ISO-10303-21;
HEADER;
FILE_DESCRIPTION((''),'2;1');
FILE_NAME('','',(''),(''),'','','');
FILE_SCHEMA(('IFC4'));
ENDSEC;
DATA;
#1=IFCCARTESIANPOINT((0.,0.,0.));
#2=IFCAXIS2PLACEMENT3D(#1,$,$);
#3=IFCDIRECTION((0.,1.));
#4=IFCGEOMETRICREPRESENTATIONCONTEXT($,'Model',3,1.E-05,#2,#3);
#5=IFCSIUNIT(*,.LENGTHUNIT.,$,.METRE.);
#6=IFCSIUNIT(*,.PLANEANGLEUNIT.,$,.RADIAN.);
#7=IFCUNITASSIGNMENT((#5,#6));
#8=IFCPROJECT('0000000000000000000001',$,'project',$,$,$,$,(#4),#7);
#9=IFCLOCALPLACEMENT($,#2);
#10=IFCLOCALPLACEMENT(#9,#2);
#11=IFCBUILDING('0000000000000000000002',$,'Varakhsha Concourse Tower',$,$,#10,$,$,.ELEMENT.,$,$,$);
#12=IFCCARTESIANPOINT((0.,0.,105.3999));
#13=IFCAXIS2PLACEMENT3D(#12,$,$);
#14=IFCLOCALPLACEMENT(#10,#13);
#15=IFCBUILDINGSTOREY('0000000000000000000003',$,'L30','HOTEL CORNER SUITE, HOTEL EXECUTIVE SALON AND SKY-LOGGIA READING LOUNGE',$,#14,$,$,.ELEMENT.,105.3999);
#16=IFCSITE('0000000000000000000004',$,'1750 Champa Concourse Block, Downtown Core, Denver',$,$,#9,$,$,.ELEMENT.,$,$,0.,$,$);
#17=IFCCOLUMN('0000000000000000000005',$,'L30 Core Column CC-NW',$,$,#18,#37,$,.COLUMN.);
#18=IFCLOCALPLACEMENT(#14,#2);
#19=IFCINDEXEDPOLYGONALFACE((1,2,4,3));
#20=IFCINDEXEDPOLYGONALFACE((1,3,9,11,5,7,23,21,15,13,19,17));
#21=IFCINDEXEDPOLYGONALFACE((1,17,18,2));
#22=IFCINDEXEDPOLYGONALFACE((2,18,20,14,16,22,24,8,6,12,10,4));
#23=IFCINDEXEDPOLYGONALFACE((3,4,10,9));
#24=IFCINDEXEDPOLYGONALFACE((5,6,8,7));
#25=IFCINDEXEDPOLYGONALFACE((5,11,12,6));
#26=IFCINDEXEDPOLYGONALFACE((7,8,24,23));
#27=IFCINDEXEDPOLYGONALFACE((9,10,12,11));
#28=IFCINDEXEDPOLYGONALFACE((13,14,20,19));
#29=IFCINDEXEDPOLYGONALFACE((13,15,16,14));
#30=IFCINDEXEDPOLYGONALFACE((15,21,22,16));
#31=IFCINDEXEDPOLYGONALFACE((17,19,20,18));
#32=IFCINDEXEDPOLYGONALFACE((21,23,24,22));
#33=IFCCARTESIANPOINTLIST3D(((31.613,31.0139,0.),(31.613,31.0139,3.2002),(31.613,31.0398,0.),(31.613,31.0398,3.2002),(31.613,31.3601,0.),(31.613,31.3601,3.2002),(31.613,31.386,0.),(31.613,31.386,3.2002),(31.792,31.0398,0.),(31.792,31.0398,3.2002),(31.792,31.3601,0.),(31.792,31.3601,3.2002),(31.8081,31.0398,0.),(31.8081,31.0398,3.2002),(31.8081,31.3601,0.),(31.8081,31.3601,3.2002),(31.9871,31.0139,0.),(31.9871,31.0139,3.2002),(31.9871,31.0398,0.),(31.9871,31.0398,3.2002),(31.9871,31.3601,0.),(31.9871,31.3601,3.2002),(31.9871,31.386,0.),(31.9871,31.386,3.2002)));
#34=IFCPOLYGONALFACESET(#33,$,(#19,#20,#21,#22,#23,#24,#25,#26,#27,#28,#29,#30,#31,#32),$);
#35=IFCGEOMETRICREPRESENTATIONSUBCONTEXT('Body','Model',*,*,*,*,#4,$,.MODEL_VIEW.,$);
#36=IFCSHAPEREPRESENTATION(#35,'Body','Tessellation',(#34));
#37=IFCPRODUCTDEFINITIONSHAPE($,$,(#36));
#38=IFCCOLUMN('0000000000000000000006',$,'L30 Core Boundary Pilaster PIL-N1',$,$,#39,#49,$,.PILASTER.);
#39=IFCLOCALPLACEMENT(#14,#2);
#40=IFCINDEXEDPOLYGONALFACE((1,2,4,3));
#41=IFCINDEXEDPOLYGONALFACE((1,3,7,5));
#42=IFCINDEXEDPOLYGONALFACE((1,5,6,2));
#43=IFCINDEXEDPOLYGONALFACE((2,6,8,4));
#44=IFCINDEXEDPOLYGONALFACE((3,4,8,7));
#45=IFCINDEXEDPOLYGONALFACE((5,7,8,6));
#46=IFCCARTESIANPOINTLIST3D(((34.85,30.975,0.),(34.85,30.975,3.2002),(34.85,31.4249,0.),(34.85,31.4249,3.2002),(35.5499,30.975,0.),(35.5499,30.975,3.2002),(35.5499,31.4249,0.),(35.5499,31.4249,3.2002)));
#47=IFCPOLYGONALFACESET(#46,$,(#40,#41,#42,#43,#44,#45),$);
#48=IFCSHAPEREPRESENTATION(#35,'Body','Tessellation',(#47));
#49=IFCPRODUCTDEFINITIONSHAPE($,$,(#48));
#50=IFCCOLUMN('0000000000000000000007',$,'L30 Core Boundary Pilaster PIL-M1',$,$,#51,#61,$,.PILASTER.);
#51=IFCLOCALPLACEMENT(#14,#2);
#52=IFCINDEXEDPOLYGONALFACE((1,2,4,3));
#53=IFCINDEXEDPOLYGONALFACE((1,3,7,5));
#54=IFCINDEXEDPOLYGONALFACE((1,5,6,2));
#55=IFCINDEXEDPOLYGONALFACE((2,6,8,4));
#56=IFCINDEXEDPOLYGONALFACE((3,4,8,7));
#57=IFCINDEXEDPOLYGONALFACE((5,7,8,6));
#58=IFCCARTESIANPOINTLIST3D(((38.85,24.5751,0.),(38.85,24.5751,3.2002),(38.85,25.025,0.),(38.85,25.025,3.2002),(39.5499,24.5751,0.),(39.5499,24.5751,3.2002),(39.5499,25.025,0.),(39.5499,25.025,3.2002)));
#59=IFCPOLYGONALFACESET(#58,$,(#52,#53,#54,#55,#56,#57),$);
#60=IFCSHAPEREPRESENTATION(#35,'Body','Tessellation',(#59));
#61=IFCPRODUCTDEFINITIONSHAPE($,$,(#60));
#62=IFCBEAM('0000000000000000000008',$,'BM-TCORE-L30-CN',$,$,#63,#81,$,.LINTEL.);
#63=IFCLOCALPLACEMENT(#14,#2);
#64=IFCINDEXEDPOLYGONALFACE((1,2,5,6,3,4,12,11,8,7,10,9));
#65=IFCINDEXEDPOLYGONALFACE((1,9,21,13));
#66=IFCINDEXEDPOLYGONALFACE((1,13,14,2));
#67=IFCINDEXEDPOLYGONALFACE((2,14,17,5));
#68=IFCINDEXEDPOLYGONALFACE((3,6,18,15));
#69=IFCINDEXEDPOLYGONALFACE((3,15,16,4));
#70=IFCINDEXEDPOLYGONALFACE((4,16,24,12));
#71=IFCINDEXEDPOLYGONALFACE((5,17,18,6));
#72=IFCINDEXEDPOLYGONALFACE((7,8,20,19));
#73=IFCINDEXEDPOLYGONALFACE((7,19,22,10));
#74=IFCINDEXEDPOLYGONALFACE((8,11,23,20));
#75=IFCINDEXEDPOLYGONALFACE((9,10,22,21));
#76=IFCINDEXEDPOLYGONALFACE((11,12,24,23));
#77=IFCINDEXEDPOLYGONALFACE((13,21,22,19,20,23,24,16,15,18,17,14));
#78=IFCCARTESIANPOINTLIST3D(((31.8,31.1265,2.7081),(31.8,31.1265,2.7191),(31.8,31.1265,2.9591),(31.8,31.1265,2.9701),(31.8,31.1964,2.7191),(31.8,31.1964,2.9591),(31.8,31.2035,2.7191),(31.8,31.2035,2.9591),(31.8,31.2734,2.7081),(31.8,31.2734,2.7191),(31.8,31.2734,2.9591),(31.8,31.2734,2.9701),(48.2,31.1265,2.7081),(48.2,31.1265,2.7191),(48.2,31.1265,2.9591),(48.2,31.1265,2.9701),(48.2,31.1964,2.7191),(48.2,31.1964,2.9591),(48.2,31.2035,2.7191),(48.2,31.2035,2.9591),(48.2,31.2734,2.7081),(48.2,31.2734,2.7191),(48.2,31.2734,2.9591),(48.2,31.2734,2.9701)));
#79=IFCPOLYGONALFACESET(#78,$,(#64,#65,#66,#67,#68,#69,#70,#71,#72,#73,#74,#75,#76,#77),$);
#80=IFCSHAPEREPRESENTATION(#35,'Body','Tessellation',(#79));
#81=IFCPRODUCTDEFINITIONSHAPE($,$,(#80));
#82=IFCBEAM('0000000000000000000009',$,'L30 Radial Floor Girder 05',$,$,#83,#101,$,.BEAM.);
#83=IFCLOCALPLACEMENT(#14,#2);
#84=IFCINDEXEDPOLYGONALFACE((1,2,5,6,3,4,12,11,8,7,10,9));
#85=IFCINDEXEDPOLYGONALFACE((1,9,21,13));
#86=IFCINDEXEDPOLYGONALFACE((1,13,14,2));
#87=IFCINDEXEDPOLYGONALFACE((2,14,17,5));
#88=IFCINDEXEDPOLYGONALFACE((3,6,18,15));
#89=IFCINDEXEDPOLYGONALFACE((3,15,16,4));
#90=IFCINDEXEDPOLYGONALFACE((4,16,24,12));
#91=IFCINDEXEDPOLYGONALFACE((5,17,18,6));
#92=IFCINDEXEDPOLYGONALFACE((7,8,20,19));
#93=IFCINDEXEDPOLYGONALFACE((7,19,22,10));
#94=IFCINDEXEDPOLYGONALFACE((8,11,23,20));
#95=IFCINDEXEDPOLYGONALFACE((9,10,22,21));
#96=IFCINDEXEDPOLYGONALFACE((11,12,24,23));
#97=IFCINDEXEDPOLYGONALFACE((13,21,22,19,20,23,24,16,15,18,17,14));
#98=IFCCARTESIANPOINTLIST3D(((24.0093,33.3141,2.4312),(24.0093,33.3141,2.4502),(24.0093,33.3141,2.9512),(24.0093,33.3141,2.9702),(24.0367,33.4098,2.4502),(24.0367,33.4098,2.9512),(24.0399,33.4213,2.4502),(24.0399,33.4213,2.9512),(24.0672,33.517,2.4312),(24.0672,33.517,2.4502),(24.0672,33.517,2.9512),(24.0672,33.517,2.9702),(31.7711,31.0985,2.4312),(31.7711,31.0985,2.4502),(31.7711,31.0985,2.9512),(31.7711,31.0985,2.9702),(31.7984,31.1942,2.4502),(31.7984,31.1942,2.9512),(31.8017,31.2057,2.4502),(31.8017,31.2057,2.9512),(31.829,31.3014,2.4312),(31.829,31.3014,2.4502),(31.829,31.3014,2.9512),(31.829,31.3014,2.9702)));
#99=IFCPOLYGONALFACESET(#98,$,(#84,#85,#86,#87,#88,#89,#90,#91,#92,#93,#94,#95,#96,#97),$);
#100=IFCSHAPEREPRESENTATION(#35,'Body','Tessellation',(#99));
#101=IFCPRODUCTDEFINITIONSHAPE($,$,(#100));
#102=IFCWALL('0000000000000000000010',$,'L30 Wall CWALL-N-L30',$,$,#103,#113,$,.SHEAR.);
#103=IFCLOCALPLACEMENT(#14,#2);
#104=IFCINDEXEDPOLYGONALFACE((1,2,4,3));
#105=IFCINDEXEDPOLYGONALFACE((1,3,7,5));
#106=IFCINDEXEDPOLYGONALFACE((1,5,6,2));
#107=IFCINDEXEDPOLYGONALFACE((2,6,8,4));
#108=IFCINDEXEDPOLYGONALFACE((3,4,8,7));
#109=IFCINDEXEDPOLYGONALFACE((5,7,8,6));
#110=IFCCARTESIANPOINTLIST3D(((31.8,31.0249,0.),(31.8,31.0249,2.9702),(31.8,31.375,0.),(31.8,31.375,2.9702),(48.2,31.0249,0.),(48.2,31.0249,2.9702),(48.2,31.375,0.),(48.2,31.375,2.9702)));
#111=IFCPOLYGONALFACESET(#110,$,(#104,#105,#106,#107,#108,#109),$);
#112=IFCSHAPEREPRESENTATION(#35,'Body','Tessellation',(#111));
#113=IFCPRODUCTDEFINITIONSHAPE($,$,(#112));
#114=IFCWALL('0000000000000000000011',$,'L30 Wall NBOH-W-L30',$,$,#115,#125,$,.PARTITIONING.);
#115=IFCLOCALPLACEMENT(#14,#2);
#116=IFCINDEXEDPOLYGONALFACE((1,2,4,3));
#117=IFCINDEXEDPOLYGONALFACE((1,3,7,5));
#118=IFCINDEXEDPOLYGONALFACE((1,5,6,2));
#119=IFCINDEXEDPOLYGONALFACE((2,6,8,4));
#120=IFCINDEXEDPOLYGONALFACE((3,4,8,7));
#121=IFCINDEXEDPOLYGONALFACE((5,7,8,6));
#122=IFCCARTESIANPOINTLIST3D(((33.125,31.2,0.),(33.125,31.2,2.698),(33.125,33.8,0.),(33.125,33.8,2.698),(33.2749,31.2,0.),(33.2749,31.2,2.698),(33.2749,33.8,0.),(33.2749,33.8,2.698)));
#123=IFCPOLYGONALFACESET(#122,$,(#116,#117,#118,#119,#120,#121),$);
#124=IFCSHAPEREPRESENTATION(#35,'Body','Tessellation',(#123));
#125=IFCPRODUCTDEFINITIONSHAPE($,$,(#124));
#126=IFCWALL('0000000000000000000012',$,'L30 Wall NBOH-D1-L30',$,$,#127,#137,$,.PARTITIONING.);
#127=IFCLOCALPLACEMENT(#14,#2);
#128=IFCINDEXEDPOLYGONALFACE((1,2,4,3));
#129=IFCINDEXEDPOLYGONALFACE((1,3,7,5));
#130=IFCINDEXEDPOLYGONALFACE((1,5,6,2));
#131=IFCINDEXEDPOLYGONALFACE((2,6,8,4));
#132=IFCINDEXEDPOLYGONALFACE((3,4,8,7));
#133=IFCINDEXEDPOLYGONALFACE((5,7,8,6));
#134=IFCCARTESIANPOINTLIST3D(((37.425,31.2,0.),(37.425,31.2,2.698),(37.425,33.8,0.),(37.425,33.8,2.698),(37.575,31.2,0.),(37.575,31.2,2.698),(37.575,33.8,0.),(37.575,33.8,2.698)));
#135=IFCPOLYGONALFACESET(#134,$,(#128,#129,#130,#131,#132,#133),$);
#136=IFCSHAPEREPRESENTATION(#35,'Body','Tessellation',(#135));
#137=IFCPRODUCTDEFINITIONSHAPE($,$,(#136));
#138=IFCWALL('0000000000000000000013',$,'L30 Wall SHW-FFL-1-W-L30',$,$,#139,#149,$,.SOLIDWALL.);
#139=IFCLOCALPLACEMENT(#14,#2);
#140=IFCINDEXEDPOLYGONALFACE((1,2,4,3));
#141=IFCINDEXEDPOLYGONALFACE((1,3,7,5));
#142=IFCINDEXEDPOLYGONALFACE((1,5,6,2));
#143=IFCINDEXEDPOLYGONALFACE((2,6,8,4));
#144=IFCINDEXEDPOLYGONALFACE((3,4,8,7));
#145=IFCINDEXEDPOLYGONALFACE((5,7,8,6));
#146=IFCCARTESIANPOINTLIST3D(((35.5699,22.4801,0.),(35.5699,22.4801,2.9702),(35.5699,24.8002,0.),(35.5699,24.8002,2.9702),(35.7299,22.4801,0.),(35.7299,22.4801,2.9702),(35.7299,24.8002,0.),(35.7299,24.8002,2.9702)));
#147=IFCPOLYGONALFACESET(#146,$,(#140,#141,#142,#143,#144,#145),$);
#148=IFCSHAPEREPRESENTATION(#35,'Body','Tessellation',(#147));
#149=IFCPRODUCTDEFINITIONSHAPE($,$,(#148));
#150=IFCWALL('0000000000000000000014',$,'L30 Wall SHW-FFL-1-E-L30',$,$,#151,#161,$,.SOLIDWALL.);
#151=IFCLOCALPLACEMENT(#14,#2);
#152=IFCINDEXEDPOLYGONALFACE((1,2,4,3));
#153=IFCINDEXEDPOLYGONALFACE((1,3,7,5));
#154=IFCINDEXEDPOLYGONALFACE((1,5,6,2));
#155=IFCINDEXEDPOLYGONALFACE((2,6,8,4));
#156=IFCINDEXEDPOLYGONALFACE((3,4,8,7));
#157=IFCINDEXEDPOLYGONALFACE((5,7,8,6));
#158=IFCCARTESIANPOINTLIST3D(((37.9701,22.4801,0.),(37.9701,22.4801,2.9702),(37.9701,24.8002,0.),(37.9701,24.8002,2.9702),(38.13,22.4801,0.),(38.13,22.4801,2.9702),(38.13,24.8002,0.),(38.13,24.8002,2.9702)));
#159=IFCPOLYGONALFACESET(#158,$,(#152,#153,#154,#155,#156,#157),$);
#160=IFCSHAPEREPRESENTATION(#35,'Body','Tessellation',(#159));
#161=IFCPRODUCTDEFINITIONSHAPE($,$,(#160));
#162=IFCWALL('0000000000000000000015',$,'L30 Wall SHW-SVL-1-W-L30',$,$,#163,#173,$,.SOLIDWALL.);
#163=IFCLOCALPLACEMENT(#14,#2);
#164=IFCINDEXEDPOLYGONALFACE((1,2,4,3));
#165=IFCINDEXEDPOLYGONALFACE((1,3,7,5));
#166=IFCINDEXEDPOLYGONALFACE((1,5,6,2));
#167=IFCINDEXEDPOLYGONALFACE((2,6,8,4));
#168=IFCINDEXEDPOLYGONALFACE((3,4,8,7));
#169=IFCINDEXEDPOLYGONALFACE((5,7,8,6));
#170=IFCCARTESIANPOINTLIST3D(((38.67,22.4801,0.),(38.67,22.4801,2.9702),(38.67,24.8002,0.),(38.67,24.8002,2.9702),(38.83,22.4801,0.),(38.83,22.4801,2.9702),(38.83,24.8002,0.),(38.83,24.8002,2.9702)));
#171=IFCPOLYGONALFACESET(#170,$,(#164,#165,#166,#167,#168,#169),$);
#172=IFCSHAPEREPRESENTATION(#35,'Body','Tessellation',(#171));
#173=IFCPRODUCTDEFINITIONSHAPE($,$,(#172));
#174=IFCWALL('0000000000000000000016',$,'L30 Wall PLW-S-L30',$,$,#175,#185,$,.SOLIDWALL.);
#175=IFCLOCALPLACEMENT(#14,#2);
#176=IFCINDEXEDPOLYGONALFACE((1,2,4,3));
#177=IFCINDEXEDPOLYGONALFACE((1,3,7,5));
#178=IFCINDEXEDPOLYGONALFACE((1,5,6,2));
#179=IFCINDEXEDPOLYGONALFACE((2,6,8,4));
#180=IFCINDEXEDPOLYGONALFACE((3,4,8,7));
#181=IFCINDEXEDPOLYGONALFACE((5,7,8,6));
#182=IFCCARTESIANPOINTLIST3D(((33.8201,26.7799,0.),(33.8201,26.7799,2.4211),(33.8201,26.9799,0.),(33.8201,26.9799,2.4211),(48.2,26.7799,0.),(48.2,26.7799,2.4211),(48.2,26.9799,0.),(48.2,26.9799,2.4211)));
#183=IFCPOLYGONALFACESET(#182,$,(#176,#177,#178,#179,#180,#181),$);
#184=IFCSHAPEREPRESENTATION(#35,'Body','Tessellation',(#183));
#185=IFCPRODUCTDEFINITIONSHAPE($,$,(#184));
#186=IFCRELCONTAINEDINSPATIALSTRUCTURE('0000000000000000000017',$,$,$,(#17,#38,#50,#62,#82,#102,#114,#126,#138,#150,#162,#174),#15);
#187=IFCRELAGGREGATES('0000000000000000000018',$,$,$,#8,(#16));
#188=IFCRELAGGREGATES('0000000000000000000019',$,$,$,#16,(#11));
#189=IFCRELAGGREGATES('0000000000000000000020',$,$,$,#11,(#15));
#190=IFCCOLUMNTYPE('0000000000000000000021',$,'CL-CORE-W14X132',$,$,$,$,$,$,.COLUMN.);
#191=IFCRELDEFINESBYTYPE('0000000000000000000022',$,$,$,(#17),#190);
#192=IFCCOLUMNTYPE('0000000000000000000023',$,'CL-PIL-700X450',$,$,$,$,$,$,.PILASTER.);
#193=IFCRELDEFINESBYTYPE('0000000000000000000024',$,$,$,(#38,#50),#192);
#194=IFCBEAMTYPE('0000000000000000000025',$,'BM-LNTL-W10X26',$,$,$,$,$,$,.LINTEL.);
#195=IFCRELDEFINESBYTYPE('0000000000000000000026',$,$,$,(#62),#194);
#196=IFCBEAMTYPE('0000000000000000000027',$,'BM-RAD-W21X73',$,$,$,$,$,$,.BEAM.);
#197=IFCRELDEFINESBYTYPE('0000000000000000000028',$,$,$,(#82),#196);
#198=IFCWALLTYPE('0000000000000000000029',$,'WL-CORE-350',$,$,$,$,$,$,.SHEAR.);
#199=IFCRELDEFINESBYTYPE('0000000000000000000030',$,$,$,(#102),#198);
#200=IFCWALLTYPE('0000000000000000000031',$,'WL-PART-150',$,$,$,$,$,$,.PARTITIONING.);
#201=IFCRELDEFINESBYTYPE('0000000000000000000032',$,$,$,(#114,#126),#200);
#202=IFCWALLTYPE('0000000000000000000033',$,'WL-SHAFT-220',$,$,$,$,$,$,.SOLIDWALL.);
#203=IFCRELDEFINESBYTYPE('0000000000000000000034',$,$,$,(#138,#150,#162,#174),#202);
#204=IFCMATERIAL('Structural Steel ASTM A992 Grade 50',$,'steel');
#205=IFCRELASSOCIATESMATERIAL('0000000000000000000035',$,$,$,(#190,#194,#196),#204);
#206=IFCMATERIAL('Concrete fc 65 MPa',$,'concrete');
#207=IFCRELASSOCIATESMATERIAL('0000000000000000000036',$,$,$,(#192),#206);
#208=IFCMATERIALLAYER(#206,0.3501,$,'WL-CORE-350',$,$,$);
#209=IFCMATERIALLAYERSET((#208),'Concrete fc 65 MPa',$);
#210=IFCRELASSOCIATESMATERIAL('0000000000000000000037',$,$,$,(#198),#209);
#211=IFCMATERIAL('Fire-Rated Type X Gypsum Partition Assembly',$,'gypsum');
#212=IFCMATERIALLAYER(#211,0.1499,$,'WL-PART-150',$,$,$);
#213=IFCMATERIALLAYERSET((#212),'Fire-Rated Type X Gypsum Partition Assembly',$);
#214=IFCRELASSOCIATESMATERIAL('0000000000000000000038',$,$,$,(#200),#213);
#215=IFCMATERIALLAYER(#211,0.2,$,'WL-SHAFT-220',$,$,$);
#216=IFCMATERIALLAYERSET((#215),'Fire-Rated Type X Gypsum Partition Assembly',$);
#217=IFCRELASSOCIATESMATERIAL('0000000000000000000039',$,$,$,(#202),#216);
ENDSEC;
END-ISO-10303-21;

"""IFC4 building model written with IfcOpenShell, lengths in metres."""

from ifc_helpers import new_model, si_unit, direction, frame, frame_2d, origin, origin_2d, place, context, subcontext, project, spatial, rectangle, i_section, extrude, material, layer, layer_set, material_profile, profile_set, type_object, element, save


model = new_model("IFC4")

# Units and contexts
model_context = context("Model", 3, precision=1e-05, world=origin(), true_north=direction((0.0, 1.0)))
body_context = subcontext(model_context, "Body", "Model", "MODEL_VIEW")
ifc_project = project(units=[si_unit("LENGTHUNIT", "METRE"), si_unit("PLANEANGLEUNIT", "RADIAN")], contexts=[model_context])

# Site, building, storey
site_placement = place(None, origin())
site = spatial("IfcSite", under=ifc_project, at=site_placement, Name="1750 Champa Concourse Block, Downtown Core, Denver", CompositionType="ELEMENT", RefElevation=0.0)
building_placement = place(site_placement, origin())
building = spatial("IfcBuilding", under=site, at=building_placement, Name="Varakhsha Concourse Tower", CompositionType="ELEMENT")
storey_placement = place(building_placement, frame((0.0, 0.0, 105.3999)))
storey = spatial("IfcBuildingStorey", under=building, at=storey_placement, Name="L30", Description="HOTEL CORNER SUITE, HOTEL EXECUTIVE SALON AND SKY-LOGGIA READING LOUNGE", CompositionType="ELEMENT", Elevation=105.3999)

# Columns
ifc_material_1 = material(Name="Structural Steel ASTM A992 Grade 50", Category="steel")
ifc_material_profile_1 = material_profile(ifc_material_1, i_section(OverallWidth=0.374, OverallDepth=0.3721, WebThickness=0.0161, FlangeThickness=0.0259, at=origin_2d()), Name="W14X132")
ifc_profile_set_1 = profile_set([ifc_material_profile_1], Name="Structural Steel ASTM A992 Grade 50")
column_type_1 = type_object("IfcColumnType", Name="CL-CORE-W14X132", PredefinedType="COLUMN", material=ifc_profile_set_1)
column_placement = place(storey_placement, frame((31.8, 31.2, 0.0), z_axis=(0.0, 0.0, 1.0), x_axis=(1.0, 0.0, 0.0)))
element("IfcColumn", 1, at=column_placement, inside=storey, type_object=column_type_1, Name="L30 Core Column CC-NW", PredefinedType="COLUMN", context=body_context, shape_type="SweptSolid", body=[
    extrude(i_section(OverallWidth=0.374, OverallDepth=0.3721, WebThickness=0.0161, FlangeThickness=0.0259, at=origin_2d()), origin(), (0.0, 0.0, 1.0), 3.2002),
])
ifc_material_2 = material(Name="Concrete fc 65 MPa", Category="concrete")
ifc_material_profile_2 = material_profile(ifc_material_2, rectangle(XDim=0.7, YDim=0.45, at=origin_2d()), Name="RC 700x450")
ifc_profile_set_2 = profile_set([ifc_material_profile_2], Name="Concrete fc 65 MPa")
column_type_2 = type_object("IfcColumnType", Name="CL-PIL-700X450", PredefinedType="PILASTER", material=ifc_profile_set_2)
for number, where, z_axis, x_axis, name in (
    (2, (35.2, 31.2, 0.0), (0.0, 0.0, 1.0), (1.0, 0.0, 0.0), "L30 Core Boundary Pilaster PIL-N1"),
    (3, (39.2, 24.8, 0.0), (0.0, 0.0, 1.0), (1.0, 0.0, 0.0), "L30 Core Boundary Pilaster PIL-M1"),
):
    element("IfcColumn", number, at=place(storey_placement, frame(where, z_axis=z_axis, x_axis=x_axis)), inside=storey, type_object=column_type_2, Name=name, PredefinedType="PILASTER", context=body_context, shape_type="SweptSolid", body=[
        extrude(rectangle(XDim=0.7, YDim=0.45, at=origin_2d()), origin(), (0.0, 0.0, 1.0), 3.2002),
    ])

# Beams
ifc_material_profile_3 = material_profile(ifc_material_1, i_section(OverallWidth=0.147, OverallDepth=0.262, WebThickness=0.0071, FlangeThickness=0.011, at=origin_2d()), Name="W10X26")
ifc_profile_set_3 = profile_set([ifc_material_profile_3], Name="Structural Steel ASTM A992 Grade 50")
beam_type_1 = type_object("IfcBeamType", Name="BM-LNTL-W10X26", PredefinedType="LINTEL", material=ifc_profile_set_3)
beam_1_placement = place(storey_placement, frame((31.8, 31.2, 2.8391), z_axis=(1.0, 0.0, 0.0), x_axis=(0.0, 1.0, 0.0)))
element("IfcBeam", 4, at=beam_1_placement, inside=storey, type_object=beam_type_1, Name="BM-TCORE-L30-CN", PredefinedType="LINTEL", context=body_context, shape_type="SweptSolid", body=[
    extrude(i_section(OverallWidth=0.147, OverallDepth=0.262, WebThickness=0.0071, FlangeThickness=0.011, at=origin_2d()), origin(), (0.0, 0.0, 1.0), 16.3999),
])
ifc_material_profile_4 = material_profile(ifc_material_1, i_section(OverallWidth=0.2109, OverallDepth=0.5391, WebThickness=0.012, FlangeThickness=0.019, at=origin_2d()), Name="W21X73")
ifc_profile_set_4 = profile_set([ifc_material_profile_4], Name="Structural Steel ASTM A992 Grade 50")
beam_type_2 = type_object("IfcBeamType", Name="BM-RAD-W21X73", PredefinedType="BEAM", material=ifc_profile_set_4)
beam_2_placement = place(storey_placement, frame((31.8, 31.2, 2.7007), z_axis=(-0.961591, 0.274485, 0.0), x_axis=(-0.274485, -0.961591, 0.0)))
element("IfcBeam", 5, at=beam_2_placement, inside=storey, type_object=beam_type_2, Name="L30 Radial Floor Girder 05", PredefinedType="BEAM", context=body_context, shape_type="SweptSolid", body=[
    extrude(i_section(OverallWidth=0.2109, OverallDepth=0.5391, WebThickness=0.012, FlangeThickness=0.019, at=origin_2d()), origin(), (0.0, 0.0, 1.0), 8.0718),
])

# Walls
ifc_layer_1 = layer(ifc_material_2, 0.3501, Name="WL-CORE-350")
ifc_layer_set_1 = layer_set([ifc_layer_1], Name="Concrete fc 65 MPa")
wall_type_1 = type_object("IfcWallType", Name="WL-CORE-350", PredefinedType="SHEAR", material=ifc_layer_set_1)
wall_1_placement = place(storey_placement, frame((31.8, 31.2, 0.0), z_axis=(0.0, 0.0, 1.0), x_axis=(1.0, 0.0, 0.0)))
element("IfcWall", 6, at=wall_1_placement, inside=storey, type_object=wall_type_1, Name="L30 Wall CWALL-N-L30", PredefinedType="SHEAR", context=body_context, shape_type="SweptSolid", body=[
    extrude(rectangle(XDim=16.3999, YDim=0.3501, at=frame_2d((8.2, 0.0))), origin(), (0.0, 0.0, 1.0), 2.9702),
])
ifc_material_3 = material(Name="Fire-Rated Type X Gypsum Partition Assembly", Category="gypsum")
ifc_layer_2 = layer(ifc_material_3, 0.1499, Name="WL-PART-150")
ifc_layer_set_2 = layer_set([ifc_layer_2], Name="Fire-Rated Type X Gypsum Partition Assembly")
wall_type_2 = type_object("IfcWallType", Name="WL-PART-150", PredefinedType="PARTITIONING", material=ifc_layer_set_2)
for number, where, z_axis, x_axis, name in (
    (7, (33.2, 31.2, 0.0), (0.0, 0.0, 1.0), (0.0, 1.0, 0.0), "L30 Wall NBOH-W-L30"),
    (8, (37.5, 31.2, 0.0), (0.0, 0.0, 1.0), (0.0, 1.0, 0.0), "L30 Wall NBOH-D1-L30"),
):
    element("IfcWall", number, at=place(storey_placement, frame(where, z_axis=z_axis, x_axis=x_axis)), inside=storey, type_object=wall_type_2, Name=name, PredefinedType="PARTITIONING", context=body_context, shape_type="SweptSolid", body=[
        extrude(rectangle(XDim=2.6001, YDim=0.1499, at=frame_2d((1.3, 0.0))), origin(), (0.0, 0.0, 1.0), 2.698),
    ])

# Shared definitions
ifc_layer_3 = layer(ifc_material_3, 0.2, Name="WL-SHAFT-220")
ifc_layer_set_3 = layer_set([ifc_layer_3], Name="Fire-Rated Type X Gypsum Partition Assembly")
wall_type_3 = type_object("IfcWallType", Name="WL-SHAFT-220", PredefinedType="SOLIDWALL", material=ifc_layer_set_3)

# Walls
for number, where, z_axis, x_axis, name in (
    (9, (35.6499, 22.48, 0.0), (0.0, 0.0, 1.0), (0.0, 1.0, 0.0), "L30 Wall SHW-FFL-1-W-L30"),
    (10, (38.05, 22.48, 0.0), (0.0, 0.0, 1.0), (0.0, 1.0, 0.0), "L30 Wall SHW-FFL-1-E-L30"),
    (11, (38.75, 22.48, 0.0), (0.0, 0.0, 1.0), (0.0, 1.0, 0.0), "L30 Wall SHW-SVL-1-W-L30"),
):
    element("IfcWall", number, at=place(storey_placement, frame(where, z_axis=z_axis, x_axis=x_axis)), inside=storey, type_object=wall_type_3, Name=name, PredefinedType="SOLIDWALL", context=body_context, shape_type="SweptSolid", body=[
        extrude(rectangle(XDim=2.3201, YDim=0.1599, at=frame_2d((1.1602, 0.0))), origin(), (0.0, 0.0, 1.0), 2.9702),
    ])
wall_2_placement = place(storey_placement, frame((33.8201, 26.8799, 0.0), z_axis=(0.0, 0.0, 1.0), x_axis=(1.0, 0.0, 0.0)))
element("IfcWall", 12, at=wall_2_placement, inside=storey, type_object=wall_type_3, Name="L30 Wall PLW-S-L30", PredefinedType="SOLIDWALL", context=body_context, shape_type="SweptSolid", body=[
    extrude(rectangle(XDim=14.3799, YDim=0.2, at=frame_2d((7.1899, 0.0))), origin(), (0.0, 0.0, 1.0), 2.4211),
])

save(model, "model.ifc")
